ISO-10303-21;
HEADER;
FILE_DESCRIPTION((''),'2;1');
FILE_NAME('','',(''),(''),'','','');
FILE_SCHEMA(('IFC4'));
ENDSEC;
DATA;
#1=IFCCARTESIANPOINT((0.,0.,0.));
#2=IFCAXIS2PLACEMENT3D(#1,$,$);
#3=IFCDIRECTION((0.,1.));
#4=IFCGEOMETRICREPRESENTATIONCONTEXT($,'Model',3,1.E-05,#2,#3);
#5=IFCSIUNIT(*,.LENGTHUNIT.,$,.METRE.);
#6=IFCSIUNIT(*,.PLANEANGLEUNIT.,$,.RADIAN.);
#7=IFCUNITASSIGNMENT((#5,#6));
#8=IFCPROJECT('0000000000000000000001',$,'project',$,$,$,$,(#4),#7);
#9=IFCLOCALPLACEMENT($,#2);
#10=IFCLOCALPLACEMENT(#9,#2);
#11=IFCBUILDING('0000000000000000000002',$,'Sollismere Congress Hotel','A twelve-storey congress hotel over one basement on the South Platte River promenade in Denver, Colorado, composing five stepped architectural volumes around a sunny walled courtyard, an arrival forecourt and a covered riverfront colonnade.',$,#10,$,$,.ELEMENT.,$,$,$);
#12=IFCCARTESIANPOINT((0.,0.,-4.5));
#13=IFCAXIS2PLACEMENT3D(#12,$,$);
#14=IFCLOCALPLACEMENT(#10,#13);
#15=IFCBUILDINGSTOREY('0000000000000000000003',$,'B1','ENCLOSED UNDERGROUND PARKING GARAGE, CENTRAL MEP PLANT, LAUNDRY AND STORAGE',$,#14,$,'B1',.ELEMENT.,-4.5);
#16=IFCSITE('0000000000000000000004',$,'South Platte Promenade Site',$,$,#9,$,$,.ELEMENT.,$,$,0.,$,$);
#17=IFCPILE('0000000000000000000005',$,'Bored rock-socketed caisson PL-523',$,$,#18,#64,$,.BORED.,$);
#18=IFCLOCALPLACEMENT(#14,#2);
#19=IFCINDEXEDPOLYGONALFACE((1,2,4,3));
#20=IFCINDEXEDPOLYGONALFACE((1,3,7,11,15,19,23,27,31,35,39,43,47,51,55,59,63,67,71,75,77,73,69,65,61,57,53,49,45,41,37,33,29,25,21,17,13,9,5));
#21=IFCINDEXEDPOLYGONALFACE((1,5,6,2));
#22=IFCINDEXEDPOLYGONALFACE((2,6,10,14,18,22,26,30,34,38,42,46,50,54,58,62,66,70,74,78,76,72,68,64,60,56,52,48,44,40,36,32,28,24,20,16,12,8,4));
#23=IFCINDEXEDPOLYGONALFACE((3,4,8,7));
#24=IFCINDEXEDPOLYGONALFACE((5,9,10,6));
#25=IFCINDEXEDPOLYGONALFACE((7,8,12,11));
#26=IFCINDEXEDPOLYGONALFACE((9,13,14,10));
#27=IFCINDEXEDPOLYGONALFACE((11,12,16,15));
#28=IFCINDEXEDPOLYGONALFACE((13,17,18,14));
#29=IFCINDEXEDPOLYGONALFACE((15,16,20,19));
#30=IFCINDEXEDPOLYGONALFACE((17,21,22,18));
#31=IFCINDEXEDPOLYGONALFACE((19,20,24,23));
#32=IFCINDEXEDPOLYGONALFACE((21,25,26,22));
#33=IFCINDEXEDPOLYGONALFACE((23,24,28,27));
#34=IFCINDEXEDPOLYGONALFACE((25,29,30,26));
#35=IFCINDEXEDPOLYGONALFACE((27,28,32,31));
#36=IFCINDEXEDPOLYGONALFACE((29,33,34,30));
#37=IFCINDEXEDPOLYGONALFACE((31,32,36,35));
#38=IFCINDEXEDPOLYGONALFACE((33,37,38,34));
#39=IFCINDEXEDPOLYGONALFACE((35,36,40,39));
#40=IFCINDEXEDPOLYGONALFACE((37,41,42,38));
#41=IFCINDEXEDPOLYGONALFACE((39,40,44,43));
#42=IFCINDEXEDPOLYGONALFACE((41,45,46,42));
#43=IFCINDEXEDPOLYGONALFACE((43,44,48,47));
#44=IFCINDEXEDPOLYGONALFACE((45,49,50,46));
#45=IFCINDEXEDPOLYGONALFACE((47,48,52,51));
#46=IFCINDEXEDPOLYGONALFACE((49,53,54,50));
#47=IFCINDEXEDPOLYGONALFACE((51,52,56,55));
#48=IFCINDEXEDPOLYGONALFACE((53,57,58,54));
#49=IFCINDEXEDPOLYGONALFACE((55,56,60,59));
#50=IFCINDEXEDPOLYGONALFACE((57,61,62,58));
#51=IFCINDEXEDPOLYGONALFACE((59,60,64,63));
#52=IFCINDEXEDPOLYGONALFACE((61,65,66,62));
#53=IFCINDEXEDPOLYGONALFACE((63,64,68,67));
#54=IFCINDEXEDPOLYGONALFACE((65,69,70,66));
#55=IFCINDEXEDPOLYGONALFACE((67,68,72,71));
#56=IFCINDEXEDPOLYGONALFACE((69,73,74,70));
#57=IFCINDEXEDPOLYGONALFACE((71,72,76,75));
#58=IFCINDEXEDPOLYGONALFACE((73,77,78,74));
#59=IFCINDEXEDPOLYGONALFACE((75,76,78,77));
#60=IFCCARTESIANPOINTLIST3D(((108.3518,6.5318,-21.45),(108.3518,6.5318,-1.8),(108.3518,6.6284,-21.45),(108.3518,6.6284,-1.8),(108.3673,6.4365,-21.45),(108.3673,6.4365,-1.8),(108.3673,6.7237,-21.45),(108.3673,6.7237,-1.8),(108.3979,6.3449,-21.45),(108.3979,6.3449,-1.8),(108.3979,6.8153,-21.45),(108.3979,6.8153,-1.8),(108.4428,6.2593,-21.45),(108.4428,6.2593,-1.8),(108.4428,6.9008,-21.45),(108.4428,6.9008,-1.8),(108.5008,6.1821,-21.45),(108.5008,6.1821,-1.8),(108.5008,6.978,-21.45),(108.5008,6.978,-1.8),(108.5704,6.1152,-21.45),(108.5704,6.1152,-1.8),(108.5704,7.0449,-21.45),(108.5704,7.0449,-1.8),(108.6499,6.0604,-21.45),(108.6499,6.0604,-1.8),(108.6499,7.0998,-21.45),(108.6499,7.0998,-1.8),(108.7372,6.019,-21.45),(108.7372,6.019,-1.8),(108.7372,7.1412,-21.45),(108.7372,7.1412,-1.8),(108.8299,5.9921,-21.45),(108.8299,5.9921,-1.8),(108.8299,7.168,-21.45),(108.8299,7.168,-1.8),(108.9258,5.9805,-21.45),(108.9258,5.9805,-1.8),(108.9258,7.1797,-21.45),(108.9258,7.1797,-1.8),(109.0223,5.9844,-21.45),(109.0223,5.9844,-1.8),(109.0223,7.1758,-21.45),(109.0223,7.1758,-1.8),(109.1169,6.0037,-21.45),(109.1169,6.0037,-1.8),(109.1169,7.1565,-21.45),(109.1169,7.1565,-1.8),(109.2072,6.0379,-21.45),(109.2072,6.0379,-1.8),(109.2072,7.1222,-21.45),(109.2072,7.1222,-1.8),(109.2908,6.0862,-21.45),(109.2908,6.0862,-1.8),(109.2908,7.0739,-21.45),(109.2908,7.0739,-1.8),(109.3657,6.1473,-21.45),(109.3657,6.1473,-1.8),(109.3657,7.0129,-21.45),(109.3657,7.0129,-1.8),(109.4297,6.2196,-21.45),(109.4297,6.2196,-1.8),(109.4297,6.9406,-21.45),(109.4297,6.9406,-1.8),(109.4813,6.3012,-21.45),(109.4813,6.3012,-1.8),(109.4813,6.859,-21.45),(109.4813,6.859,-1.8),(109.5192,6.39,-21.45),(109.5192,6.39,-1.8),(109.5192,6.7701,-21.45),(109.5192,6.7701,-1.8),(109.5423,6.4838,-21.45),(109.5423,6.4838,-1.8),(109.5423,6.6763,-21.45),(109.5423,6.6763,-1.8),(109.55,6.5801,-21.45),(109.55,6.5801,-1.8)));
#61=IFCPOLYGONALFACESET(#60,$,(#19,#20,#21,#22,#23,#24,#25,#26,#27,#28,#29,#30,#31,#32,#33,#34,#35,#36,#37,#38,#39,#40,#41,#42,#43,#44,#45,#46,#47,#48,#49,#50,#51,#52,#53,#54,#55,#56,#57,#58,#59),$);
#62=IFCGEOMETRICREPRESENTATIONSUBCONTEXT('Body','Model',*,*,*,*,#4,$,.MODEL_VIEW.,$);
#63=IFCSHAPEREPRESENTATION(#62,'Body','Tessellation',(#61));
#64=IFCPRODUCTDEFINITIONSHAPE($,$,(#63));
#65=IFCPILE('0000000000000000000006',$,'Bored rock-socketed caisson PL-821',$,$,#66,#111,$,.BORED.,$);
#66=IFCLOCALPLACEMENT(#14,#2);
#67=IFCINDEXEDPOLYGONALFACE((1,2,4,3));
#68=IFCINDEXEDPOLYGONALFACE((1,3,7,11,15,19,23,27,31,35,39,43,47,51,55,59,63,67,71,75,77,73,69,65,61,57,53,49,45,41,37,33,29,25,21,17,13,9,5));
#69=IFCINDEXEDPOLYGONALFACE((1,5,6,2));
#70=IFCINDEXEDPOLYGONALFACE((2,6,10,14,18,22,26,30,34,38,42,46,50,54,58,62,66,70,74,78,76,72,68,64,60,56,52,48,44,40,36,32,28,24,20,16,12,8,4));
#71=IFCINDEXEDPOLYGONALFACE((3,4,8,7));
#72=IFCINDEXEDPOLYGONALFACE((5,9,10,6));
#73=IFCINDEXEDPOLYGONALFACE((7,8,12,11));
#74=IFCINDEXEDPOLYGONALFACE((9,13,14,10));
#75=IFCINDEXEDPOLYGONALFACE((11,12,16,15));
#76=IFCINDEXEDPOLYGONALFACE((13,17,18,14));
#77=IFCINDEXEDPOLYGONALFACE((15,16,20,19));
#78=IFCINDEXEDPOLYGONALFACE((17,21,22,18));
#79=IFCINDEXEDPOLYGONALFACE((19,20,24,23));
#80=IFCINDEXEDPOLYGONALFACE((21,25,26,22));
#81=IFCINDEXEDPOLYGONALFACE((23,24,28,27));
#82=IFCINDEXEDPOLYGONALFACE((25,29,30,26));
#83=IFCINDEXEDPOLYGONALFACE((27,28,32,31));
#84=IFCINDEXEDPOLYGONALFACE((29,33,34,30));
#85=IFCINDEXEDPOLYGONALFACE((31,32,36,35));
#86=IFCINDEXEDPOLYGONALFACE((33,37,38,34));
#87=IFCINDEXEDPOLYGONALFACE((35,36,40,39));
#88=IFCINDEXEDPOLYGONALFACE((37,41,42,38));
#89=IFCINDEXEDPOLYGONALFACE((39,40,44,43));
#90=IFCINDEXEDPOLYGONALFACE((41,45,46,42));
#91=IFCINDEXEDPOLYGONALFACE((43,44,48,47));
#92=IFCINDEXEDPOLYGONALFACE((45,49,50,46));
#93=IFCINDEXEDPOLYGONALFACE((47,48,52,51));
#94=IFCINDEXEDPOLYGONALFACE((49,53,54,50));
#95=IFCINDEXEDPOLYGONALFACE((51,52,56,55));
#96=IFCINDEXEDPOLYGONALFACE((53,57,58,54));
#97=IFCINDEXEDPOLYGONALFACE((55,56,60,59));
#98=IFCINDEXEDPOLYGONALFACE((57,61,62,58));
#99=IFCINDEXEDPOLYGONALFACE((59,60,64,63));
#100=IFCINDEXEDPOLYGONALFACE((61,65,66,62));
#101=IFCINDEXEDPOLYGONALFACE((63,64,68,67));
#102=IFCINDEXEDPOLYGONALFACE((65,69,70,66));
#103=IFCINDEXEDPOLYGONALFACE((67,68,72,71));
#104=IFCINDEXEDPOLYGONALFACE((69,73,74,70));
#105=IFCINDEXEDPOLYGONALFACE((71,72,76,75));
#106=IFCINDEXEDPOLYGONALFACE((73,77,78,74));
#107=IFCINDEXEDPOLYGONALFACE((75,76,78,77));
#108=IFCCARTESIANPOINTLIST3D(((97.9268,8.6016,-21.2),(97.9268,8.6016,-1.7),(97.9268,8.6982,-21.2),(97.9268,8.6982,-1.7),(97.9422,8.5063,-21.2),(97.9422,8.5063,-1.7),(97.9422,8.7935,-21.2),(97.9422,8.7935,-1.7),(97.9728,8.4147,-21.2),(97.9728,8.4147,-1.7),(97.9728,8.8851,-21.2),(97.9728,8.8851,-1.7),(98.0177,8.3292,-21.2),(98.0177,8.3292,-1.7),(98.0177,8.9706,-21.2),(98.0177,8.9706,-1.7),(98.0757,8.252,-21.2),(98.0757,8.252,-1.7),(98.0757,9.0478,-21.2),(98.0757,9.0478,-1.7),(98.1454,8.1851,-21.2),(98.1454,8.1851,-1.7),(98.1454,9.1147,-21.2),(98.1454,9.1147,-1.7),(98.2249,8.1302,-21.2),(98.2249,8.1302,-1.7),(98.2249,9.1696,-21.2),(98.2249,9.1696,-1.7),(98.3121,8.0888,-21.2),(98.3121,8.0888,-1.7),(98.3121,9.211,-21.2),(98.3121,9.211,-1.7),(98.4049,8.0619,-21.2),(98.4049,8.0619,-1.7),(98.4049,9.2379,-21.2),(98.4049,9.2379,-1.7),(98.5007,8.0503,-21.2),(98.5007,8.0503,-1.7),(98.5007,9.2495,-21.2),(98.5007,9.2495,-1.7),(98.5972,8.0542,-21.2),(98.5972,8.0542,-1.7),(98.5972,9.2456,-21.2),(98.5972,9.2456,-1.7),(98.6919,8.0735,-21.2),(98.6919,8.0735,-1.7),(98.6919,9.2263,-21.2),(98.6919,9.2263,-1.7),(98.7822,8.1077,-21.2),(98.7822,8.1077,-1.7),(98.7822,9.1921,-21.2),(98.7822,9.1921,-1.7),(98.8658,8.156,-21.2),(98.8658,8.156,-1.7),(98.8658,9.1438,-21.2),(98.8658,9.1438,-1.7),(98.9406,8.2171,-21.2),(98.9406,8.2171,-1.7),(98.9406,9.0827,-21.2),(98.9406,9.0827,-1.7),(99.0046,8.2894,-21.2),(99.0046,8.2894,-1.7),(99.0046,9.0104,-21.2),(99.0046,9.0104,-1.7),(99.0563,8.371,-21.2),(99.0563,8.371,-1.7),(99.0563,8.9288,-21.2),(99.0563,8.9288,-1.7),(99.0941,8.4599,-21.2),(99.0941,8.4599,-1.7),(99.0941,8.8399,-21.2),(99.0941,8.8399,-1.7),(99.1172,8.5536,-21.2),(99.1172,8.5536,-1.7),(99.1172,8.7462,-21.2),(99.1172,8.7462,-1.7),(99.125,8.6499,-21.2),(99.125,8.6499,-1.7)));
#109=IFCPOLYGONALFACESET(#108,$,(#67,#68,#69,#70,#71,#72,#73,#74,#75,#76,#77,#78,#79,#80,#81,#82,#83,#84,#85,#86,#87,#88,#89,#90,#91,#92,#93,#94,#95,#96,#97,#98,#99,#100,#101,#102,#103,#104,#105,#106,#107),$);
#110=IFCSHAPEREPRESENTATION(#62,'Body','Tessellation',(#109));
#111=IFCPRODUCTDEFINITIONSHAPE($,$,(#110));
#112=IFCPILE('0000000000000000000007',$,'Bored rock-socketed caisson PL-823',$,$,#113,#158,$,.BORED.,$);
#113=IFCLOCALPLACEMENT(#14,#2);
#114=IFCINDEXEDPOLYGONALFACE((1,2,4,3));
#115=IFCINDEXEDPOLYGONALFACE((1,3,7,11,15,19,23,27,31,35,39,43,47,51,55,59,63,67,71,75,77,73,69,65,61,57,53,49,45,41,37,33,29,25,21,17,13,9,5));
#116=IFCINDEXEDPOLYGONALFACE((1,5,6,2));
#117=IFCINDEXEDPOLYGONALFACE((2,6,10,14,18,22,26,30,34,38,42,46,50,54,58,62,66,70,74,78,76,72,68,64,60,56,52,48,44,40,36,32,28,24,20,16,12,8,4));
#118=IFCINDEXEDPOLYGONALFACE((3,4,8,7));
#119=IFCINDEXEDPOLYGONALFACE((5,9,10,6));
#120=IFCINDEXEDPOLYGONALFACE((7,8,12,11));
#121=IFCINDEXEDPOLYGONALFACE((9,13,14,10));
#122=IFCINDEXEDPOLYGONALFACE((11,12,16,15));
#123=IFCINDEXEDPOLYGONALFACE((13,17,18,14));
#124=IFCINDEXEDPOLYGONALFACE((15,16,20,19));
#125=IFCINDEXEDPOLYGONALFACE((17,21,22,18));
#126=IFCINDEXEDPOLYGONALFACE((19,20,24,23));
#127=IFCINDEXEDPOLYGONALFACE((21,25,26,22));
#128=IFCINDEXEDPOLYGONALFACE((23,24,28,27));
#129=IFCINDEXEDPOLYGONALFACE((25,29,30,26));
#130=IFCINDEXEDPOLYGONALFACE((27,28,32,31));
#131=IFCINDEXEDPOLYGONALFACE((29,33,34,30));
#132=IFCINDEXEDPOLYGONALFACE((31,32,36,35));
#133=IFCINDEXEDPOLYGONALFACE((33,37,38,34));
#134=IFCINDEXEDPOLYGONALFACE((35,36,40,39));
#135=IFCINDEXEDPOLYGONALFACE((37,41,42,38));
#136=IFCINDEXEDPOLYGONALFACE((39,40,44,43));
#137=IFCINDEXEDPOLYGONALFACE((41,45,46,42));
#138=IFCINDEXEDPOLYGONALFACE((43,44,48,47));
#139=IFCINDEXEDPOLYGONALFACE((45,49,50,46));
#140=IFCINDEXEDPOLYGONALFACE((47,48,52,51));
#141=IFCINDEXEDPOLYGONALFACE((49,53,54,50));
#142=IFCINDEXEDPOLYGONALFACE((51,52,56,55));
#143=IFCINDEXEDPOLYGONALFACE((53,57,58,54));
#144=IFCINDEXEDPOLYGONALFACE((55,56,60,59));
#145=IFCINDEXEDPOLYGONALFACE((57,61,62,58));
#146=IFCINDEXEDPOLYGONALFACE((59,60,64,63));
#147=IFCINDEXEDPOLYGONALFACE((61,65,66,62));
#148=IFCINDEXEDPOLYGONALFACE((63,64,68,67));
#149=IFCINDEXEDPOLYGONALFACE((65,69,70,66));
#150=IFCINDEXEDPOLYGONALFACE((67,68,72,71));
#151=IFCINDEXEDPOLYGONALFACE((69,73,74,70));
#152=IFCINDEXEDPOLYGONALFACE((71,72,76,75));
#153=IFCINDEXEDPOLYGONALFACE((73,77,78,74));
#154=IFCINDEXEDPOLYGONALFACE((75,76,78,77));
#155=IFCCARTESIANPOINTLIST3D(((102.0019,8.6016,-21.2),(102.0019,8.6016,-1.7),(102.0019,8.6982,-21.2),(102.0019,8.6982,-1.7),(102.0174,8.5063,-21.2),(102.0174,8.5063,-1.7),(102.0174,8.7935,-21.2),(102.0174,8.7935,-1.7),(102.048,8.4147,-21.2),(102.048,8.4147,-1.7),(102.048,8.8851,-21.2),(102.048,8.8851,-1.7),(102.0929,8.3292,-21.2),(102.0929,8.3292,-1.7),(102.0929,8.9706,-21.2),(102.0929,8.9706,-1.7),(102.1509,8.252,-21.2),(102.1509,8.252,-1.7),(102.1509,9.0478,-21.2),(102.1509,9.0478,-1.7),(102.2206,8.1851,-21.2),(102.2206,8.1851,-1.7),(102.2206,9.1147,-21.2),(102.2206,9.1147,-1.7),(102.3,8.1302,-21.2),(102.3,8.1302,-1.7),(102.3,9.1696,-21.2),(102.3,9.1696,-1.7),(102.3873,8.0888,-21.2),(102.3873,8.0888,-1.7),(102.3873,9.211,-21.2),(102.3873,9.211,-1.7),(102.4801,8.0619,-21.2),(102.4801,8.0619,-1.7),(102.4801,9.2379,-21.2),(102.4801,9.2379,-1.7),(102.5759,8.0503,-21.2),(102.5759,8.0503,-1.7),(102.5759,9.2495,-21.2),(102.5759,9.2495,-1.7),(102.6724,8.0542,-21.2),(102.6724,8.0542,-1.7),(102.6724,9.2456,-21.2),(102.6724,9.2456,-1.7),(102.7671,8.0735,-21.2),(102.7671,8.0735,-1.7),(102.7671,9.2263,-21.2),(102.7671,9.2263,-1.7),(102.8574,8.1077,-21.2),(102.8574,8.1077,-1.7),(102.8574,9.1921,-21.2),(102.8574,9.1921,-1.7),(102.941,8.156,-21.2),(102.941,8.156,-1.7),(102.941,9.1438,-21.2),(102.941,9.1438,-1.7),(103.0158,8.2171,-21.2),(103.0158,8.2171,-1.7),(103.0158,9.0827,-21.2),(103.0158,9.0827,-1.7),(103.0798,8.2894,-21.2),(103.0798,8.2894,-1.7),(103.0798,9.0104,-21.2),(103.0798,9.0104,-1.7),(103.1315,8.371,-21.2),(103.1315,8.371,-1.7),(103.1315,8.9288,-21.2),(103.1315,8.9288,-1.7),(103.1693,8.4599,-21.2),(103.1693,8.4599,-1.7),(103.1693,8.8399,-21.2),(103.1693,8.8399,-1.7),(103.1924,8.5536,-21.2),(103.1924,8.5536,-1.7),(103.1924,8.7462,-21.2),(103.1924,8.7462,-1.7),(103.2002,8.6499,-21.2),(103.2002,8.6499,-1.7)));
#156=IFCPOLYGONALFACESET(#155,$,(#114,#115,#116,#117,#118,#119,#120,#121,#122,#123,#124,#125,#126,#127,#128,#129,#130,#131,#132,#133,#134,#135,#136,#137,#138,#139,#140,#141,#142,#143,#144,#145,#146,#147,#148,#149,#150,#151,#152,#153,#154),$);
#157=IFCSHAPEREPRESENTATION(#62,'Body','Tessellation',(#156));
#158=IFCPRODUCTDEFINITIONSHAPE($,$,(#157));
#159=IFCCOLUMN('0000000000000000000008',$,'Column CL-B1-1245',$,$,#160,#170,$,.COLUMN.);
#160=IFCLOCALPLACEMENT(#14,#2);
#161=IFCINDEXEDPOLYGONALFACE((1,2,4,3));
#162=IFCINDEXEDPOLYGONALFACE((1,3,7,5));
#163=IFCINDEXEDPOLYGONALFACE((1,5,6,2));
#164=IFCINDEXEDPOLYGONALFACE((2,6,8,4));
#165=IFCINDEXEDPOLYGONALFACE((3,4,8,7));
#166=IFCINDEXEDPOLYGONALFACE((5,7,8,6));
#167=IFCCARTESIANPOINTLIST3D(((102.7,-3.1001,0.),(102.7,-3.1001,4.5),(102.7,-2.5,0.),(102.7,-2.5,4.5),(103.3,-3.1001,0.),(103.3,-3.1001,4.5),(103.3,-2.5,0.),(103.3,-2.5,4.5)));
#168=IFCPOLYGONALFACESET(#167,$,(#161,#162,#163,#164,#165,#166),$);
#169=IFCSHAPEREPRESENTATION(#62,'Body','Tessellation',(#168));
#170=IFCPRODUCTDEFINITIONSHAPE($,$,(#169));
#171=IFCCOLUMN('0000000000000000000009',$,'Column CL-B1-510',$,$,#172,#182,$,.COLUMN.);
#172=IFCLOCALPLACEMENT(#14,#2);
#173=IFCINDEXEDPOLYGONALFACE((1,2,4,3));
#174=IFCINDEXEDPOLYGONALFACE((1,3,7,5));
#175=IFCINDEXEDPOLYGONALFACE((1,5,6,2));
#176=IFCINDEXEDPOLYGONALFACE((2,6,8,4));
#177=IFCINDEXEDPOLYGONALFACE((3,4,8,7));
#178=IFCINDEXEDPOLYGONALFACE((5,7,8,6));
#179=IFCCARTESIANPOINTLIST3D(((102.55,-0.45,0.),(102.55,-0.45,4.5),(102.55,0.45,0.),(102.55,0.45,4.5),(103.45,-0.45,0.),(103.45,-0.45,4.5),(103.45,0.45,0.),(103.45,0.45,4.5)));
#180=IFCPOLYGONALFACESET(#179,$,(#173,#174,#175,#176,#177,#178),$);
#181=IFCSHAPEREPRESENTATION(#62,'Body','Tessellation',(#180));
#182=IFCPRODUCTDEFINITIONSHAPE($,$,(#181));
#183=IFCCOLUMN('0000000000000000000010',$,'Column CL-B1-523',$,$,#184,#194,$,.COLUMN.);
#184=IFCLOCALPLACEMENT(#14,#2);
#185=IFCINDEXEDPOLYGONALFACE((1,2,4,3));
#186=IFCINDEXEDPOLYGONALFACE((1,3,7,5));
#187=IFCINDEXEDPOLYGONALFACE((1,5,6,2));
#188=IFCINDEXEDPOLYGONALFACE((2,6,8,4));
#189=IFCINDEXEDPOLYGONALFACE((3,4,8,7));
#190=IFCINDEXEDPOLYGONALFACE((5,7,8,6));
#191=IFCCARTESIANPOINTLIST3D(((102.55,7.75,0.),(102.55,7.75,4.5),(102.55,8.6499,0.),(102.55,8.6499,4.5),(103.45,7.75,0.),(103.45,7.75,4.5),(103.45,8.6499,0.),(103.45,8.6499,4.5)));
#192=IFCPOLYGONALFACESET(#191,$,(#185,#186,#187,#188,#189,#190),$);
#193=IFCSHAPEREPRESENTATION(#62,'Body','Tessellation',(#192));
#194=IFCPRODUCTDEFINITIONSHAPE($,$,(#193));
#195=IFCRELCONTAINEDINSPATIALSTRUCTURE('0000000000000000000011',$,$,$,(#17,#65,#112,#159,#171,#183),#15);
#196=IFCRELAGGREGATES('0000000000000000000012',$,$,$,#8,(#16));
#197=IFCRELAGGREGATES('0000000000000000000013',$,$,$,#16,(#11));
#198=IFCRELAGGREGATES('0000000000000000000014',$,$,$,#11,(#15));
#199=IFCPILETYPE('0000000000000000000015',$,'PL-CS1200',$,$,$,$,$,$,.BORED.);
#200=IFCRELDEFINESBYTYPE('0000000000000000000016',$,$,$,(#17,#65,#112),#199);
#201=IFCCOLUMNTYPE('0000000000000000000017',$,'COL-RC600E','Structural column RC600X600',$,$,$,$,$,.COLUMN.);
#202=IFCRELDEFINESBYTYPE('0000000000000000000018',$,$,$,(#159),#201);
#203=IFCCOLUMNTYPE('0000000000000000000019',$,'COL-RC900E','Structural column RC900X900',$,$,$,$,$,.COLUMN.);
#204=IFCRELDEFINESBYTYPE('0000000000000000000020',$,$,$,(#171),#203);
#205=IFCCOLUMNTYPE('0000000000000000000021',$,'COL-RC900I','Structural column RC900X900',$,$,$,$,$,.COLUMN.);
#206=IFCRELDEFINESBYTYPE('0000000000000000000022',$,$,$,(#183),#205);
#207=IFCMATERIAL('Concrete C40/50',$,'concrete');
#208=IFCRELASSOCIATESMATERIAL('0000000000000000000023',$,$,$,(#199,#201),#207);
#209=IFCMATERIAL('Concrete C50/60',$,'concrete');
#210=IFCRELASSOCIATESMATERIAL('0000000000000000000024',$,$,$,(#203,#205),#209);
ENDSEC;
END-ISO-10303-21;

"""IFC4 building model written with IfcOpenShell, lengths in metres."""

from ifc_helpers import new_model, si_unit, direction, frame, origin, origin_2d, place, context, subcontext, project, spatial, rectangle, circle, extrude, material, material_profile, profile_set, type_object, element, save


model = new_model("IFC4")

# Units and contexts
model_context = context("Model", 3, precision=1e-05, world=origin(), true_north=direction((0.0, 1.0)))
body_context = subcontext(model_context, "Body", "Model", "MODEL_VIEW")
ifc_project = project(units=[si_unit("LENGTHUNIT", "METRE"), si_unit("PLANEANGLEUNIT", "RADIAN")], contexts=[model_context])

# Site, building, storey
site_placement = place(None, origin())
site = spatial("IfcSite", under=ifc_project, at=site_placement, Name="South Platte Promenade Site", CompositionType="ELEMENT", RefElevation=0.0)
building_placement = place(site_placement, origin())
building = spatial("IfcBuilding", under=site, at=building_placement, Name="Sollismere Congress Hotel", Description="A twelve-storey congress hotel over one basement on the South Platte River promenade in Denver, Colorado, composing five stepped architectural volumes around a sunny walled courtyard, an arrival forecourt and a covered riverfront colonnade.", CompositionType="ELEMENT")
storey_placement = place(building_placement, frame((0.0, 0.0, -4.5)))
storey = spatial("IfcBuildingStorey", under=building, at=storey_placement, Name="B1", Description="ENCLOSED UNDERGROUND PARKING GARAGE, CENTRAL MEP PLANT, LAUNDRY AND STORAGE", LongName="B1", CompositionType="ELEMENT", Elevation=-4.5)

# Shared definitions
ifc_material_1 = material(Name="Concrete C40/50", Category="concrete")

# Piles
ifc_material_profile_1 = material_profile(ifc_material_1, circle(Radius=0.6001, at=origin_2d()), Name="CAISSON1200")
ifc_profile_set_1 = profile_set([ifc_material_profile_1], Name="Concrete C40/50")
pile_type = type_object("IfcPileType", Name="PL-CS1200", PredefinedType="BORED", material=ifc_profile_set_1)
pile_placement = place(storey_placement, frame((108.95, 6.5801, -1.8), z_axis=(0.0, 0.0, -1.0), x_axis=(1.0, 0.0, 0.0)))
element("IfcPile", 1, at=pile_placement, inside=storey, type_object=pile_type, Name="Bored rock-socketed caisson PL-523", PredefinedType="BORED", context=body_context, shape_type="SweptSolid", body=[
    extrude(circle(Radius=0.6001, at=origin_2d()), origin(), (0.0, 0.0, 1.0), 19.6499),
])
for number, where, z_axis, x_axis, name in (
    (2, (98.5249, 8.6499, -1.7), (0.0, 0.0, -1.0), (1.0, 0.0, 0.0), "Bored rock-socketed caisson PL-821"),
    (3, (102.6001, 8.6499, -1.7), (0.0, 0.0, -1.0), (1.0, 0.0, 0.0), "Bored rock-socketed caisson PL-823"),
):
    element("IfcPile", number, at=place(storey_placement, frame(where, z_axis=z_axis, x_axis=x_axis)), inside=storey, type_object=pile_type, Name=name, PredefinedType="BORED", context=body_context, shape_type="SweptSolid", body=[
        extrude(circle(Radius=0.6001, at=origin_2d()), origin(), (0.0, 0.0, 1.0), 19.5),
    ])

# Columns
ifc_material_profile_2 = material_profile(ifc_material_1, rectangle(XDim=0.6001, YDim=0.6001, at=origin_2d()), Name="RC600X600")
ifc_profile_set_2 = profile_set([ifc_material_profile_2], Name="Concrete C40/50")
column_type_1 = type_object("IfcColumnType", Name="COL-RC600E", Description="Structural column RC600X600", PredefinedType="COLUMN", material=ifc_profile_set_2)
column_1_placement = place(storey_placement, frame((103.0, -2.8, 0.0), z_axis=(0.0, 0.0, 1.0), x_axis=(1.0, 0.0, 0.0)))
element("IfcColumn", 4, at=column_1_placement, inside=storey, type_object=column_type_1, Name="Column CL-B1-1245", PredefinedType="COLUMN", context=body_context, shape_type="SweptSolid", body=[
    extrude(rectangle(XDim=0.6001, YDim=0.6001, at=origin_2d()), origin(), (0.0, 0.0, 1.0), 4.5),
])
ifc_material_2 = material(Name="Concrete C50/60", Category="concrete")
ifc_material_profile_3 = material_profile(ifc_material_2, rectangle(XDim=0.8999, YDim=0.8999, at=origin_2d()), Name="RC900X900")
ifc_profile_set_3 = profile_set([ifc_material_profile_3], Name="Concrete C50/60")
column_type_2 = type_object("IfcColumnType", Name="COL-RC900E", Description="Structural column RC900X900", PredefinedType="COLUMN", material=ifc_profile_set_3)
column_2_placement = place(storey_placement, frame((103.0, 0.0, 0.0), z_axis=(0.0, 0.0, 1.0), x_axis=(0.0, 1.0, 0.0)))
element("IfcColumn", 5, at=column_2_placement, inside=storey, type_object=column_type_2, Name="Column CL-B1-510", PredefinedType="COLUMN", context=body_context, shape_type="SweptSolid", body=[
    extrude(rectangle(XDim=0.8999, YDim=0.8999, at=origin_2d()), origin(), (0.0, 0.0, 1.0), 4.5),
])
ifc_material_profile_4 = material_profile(ifc_material_2, rectangle(XDim=0.8999, YDim=0.8999, at=origin_2d()), Name="RC900X900")
ifc_profile_set_4 = profile_set([ifc_material_profile_4], Name="Concrete C50/60")
column_type_3 = type_object("IfcColumnType", Name="COL-RC900I", Description="Structural column RC900X900", PredefinedType="COLUMN", material=ifc_profile_set_4)
column_3_placement = place(storey_placement, frame((103.0, 8.2, 0.0), z_axis=(0.0, 0.0, 1.0), x_axis=(1.0, 0.0, 0.0)))
element("IfcColumn", 6, at=column_3_placement, inside=storey, type_object=column_type_3, Name="Column CL-B1-523", PredefinedType="COLUMN", context=body_context, shape_type="SweptSolid", body=[
    extrude(rectangle(XDim=0.8999, YDim=0.8999, at=origin_2d()), origin(), (0.0, 0.0, 1.0), 4.5),
])

save(model, "model.ifc")
